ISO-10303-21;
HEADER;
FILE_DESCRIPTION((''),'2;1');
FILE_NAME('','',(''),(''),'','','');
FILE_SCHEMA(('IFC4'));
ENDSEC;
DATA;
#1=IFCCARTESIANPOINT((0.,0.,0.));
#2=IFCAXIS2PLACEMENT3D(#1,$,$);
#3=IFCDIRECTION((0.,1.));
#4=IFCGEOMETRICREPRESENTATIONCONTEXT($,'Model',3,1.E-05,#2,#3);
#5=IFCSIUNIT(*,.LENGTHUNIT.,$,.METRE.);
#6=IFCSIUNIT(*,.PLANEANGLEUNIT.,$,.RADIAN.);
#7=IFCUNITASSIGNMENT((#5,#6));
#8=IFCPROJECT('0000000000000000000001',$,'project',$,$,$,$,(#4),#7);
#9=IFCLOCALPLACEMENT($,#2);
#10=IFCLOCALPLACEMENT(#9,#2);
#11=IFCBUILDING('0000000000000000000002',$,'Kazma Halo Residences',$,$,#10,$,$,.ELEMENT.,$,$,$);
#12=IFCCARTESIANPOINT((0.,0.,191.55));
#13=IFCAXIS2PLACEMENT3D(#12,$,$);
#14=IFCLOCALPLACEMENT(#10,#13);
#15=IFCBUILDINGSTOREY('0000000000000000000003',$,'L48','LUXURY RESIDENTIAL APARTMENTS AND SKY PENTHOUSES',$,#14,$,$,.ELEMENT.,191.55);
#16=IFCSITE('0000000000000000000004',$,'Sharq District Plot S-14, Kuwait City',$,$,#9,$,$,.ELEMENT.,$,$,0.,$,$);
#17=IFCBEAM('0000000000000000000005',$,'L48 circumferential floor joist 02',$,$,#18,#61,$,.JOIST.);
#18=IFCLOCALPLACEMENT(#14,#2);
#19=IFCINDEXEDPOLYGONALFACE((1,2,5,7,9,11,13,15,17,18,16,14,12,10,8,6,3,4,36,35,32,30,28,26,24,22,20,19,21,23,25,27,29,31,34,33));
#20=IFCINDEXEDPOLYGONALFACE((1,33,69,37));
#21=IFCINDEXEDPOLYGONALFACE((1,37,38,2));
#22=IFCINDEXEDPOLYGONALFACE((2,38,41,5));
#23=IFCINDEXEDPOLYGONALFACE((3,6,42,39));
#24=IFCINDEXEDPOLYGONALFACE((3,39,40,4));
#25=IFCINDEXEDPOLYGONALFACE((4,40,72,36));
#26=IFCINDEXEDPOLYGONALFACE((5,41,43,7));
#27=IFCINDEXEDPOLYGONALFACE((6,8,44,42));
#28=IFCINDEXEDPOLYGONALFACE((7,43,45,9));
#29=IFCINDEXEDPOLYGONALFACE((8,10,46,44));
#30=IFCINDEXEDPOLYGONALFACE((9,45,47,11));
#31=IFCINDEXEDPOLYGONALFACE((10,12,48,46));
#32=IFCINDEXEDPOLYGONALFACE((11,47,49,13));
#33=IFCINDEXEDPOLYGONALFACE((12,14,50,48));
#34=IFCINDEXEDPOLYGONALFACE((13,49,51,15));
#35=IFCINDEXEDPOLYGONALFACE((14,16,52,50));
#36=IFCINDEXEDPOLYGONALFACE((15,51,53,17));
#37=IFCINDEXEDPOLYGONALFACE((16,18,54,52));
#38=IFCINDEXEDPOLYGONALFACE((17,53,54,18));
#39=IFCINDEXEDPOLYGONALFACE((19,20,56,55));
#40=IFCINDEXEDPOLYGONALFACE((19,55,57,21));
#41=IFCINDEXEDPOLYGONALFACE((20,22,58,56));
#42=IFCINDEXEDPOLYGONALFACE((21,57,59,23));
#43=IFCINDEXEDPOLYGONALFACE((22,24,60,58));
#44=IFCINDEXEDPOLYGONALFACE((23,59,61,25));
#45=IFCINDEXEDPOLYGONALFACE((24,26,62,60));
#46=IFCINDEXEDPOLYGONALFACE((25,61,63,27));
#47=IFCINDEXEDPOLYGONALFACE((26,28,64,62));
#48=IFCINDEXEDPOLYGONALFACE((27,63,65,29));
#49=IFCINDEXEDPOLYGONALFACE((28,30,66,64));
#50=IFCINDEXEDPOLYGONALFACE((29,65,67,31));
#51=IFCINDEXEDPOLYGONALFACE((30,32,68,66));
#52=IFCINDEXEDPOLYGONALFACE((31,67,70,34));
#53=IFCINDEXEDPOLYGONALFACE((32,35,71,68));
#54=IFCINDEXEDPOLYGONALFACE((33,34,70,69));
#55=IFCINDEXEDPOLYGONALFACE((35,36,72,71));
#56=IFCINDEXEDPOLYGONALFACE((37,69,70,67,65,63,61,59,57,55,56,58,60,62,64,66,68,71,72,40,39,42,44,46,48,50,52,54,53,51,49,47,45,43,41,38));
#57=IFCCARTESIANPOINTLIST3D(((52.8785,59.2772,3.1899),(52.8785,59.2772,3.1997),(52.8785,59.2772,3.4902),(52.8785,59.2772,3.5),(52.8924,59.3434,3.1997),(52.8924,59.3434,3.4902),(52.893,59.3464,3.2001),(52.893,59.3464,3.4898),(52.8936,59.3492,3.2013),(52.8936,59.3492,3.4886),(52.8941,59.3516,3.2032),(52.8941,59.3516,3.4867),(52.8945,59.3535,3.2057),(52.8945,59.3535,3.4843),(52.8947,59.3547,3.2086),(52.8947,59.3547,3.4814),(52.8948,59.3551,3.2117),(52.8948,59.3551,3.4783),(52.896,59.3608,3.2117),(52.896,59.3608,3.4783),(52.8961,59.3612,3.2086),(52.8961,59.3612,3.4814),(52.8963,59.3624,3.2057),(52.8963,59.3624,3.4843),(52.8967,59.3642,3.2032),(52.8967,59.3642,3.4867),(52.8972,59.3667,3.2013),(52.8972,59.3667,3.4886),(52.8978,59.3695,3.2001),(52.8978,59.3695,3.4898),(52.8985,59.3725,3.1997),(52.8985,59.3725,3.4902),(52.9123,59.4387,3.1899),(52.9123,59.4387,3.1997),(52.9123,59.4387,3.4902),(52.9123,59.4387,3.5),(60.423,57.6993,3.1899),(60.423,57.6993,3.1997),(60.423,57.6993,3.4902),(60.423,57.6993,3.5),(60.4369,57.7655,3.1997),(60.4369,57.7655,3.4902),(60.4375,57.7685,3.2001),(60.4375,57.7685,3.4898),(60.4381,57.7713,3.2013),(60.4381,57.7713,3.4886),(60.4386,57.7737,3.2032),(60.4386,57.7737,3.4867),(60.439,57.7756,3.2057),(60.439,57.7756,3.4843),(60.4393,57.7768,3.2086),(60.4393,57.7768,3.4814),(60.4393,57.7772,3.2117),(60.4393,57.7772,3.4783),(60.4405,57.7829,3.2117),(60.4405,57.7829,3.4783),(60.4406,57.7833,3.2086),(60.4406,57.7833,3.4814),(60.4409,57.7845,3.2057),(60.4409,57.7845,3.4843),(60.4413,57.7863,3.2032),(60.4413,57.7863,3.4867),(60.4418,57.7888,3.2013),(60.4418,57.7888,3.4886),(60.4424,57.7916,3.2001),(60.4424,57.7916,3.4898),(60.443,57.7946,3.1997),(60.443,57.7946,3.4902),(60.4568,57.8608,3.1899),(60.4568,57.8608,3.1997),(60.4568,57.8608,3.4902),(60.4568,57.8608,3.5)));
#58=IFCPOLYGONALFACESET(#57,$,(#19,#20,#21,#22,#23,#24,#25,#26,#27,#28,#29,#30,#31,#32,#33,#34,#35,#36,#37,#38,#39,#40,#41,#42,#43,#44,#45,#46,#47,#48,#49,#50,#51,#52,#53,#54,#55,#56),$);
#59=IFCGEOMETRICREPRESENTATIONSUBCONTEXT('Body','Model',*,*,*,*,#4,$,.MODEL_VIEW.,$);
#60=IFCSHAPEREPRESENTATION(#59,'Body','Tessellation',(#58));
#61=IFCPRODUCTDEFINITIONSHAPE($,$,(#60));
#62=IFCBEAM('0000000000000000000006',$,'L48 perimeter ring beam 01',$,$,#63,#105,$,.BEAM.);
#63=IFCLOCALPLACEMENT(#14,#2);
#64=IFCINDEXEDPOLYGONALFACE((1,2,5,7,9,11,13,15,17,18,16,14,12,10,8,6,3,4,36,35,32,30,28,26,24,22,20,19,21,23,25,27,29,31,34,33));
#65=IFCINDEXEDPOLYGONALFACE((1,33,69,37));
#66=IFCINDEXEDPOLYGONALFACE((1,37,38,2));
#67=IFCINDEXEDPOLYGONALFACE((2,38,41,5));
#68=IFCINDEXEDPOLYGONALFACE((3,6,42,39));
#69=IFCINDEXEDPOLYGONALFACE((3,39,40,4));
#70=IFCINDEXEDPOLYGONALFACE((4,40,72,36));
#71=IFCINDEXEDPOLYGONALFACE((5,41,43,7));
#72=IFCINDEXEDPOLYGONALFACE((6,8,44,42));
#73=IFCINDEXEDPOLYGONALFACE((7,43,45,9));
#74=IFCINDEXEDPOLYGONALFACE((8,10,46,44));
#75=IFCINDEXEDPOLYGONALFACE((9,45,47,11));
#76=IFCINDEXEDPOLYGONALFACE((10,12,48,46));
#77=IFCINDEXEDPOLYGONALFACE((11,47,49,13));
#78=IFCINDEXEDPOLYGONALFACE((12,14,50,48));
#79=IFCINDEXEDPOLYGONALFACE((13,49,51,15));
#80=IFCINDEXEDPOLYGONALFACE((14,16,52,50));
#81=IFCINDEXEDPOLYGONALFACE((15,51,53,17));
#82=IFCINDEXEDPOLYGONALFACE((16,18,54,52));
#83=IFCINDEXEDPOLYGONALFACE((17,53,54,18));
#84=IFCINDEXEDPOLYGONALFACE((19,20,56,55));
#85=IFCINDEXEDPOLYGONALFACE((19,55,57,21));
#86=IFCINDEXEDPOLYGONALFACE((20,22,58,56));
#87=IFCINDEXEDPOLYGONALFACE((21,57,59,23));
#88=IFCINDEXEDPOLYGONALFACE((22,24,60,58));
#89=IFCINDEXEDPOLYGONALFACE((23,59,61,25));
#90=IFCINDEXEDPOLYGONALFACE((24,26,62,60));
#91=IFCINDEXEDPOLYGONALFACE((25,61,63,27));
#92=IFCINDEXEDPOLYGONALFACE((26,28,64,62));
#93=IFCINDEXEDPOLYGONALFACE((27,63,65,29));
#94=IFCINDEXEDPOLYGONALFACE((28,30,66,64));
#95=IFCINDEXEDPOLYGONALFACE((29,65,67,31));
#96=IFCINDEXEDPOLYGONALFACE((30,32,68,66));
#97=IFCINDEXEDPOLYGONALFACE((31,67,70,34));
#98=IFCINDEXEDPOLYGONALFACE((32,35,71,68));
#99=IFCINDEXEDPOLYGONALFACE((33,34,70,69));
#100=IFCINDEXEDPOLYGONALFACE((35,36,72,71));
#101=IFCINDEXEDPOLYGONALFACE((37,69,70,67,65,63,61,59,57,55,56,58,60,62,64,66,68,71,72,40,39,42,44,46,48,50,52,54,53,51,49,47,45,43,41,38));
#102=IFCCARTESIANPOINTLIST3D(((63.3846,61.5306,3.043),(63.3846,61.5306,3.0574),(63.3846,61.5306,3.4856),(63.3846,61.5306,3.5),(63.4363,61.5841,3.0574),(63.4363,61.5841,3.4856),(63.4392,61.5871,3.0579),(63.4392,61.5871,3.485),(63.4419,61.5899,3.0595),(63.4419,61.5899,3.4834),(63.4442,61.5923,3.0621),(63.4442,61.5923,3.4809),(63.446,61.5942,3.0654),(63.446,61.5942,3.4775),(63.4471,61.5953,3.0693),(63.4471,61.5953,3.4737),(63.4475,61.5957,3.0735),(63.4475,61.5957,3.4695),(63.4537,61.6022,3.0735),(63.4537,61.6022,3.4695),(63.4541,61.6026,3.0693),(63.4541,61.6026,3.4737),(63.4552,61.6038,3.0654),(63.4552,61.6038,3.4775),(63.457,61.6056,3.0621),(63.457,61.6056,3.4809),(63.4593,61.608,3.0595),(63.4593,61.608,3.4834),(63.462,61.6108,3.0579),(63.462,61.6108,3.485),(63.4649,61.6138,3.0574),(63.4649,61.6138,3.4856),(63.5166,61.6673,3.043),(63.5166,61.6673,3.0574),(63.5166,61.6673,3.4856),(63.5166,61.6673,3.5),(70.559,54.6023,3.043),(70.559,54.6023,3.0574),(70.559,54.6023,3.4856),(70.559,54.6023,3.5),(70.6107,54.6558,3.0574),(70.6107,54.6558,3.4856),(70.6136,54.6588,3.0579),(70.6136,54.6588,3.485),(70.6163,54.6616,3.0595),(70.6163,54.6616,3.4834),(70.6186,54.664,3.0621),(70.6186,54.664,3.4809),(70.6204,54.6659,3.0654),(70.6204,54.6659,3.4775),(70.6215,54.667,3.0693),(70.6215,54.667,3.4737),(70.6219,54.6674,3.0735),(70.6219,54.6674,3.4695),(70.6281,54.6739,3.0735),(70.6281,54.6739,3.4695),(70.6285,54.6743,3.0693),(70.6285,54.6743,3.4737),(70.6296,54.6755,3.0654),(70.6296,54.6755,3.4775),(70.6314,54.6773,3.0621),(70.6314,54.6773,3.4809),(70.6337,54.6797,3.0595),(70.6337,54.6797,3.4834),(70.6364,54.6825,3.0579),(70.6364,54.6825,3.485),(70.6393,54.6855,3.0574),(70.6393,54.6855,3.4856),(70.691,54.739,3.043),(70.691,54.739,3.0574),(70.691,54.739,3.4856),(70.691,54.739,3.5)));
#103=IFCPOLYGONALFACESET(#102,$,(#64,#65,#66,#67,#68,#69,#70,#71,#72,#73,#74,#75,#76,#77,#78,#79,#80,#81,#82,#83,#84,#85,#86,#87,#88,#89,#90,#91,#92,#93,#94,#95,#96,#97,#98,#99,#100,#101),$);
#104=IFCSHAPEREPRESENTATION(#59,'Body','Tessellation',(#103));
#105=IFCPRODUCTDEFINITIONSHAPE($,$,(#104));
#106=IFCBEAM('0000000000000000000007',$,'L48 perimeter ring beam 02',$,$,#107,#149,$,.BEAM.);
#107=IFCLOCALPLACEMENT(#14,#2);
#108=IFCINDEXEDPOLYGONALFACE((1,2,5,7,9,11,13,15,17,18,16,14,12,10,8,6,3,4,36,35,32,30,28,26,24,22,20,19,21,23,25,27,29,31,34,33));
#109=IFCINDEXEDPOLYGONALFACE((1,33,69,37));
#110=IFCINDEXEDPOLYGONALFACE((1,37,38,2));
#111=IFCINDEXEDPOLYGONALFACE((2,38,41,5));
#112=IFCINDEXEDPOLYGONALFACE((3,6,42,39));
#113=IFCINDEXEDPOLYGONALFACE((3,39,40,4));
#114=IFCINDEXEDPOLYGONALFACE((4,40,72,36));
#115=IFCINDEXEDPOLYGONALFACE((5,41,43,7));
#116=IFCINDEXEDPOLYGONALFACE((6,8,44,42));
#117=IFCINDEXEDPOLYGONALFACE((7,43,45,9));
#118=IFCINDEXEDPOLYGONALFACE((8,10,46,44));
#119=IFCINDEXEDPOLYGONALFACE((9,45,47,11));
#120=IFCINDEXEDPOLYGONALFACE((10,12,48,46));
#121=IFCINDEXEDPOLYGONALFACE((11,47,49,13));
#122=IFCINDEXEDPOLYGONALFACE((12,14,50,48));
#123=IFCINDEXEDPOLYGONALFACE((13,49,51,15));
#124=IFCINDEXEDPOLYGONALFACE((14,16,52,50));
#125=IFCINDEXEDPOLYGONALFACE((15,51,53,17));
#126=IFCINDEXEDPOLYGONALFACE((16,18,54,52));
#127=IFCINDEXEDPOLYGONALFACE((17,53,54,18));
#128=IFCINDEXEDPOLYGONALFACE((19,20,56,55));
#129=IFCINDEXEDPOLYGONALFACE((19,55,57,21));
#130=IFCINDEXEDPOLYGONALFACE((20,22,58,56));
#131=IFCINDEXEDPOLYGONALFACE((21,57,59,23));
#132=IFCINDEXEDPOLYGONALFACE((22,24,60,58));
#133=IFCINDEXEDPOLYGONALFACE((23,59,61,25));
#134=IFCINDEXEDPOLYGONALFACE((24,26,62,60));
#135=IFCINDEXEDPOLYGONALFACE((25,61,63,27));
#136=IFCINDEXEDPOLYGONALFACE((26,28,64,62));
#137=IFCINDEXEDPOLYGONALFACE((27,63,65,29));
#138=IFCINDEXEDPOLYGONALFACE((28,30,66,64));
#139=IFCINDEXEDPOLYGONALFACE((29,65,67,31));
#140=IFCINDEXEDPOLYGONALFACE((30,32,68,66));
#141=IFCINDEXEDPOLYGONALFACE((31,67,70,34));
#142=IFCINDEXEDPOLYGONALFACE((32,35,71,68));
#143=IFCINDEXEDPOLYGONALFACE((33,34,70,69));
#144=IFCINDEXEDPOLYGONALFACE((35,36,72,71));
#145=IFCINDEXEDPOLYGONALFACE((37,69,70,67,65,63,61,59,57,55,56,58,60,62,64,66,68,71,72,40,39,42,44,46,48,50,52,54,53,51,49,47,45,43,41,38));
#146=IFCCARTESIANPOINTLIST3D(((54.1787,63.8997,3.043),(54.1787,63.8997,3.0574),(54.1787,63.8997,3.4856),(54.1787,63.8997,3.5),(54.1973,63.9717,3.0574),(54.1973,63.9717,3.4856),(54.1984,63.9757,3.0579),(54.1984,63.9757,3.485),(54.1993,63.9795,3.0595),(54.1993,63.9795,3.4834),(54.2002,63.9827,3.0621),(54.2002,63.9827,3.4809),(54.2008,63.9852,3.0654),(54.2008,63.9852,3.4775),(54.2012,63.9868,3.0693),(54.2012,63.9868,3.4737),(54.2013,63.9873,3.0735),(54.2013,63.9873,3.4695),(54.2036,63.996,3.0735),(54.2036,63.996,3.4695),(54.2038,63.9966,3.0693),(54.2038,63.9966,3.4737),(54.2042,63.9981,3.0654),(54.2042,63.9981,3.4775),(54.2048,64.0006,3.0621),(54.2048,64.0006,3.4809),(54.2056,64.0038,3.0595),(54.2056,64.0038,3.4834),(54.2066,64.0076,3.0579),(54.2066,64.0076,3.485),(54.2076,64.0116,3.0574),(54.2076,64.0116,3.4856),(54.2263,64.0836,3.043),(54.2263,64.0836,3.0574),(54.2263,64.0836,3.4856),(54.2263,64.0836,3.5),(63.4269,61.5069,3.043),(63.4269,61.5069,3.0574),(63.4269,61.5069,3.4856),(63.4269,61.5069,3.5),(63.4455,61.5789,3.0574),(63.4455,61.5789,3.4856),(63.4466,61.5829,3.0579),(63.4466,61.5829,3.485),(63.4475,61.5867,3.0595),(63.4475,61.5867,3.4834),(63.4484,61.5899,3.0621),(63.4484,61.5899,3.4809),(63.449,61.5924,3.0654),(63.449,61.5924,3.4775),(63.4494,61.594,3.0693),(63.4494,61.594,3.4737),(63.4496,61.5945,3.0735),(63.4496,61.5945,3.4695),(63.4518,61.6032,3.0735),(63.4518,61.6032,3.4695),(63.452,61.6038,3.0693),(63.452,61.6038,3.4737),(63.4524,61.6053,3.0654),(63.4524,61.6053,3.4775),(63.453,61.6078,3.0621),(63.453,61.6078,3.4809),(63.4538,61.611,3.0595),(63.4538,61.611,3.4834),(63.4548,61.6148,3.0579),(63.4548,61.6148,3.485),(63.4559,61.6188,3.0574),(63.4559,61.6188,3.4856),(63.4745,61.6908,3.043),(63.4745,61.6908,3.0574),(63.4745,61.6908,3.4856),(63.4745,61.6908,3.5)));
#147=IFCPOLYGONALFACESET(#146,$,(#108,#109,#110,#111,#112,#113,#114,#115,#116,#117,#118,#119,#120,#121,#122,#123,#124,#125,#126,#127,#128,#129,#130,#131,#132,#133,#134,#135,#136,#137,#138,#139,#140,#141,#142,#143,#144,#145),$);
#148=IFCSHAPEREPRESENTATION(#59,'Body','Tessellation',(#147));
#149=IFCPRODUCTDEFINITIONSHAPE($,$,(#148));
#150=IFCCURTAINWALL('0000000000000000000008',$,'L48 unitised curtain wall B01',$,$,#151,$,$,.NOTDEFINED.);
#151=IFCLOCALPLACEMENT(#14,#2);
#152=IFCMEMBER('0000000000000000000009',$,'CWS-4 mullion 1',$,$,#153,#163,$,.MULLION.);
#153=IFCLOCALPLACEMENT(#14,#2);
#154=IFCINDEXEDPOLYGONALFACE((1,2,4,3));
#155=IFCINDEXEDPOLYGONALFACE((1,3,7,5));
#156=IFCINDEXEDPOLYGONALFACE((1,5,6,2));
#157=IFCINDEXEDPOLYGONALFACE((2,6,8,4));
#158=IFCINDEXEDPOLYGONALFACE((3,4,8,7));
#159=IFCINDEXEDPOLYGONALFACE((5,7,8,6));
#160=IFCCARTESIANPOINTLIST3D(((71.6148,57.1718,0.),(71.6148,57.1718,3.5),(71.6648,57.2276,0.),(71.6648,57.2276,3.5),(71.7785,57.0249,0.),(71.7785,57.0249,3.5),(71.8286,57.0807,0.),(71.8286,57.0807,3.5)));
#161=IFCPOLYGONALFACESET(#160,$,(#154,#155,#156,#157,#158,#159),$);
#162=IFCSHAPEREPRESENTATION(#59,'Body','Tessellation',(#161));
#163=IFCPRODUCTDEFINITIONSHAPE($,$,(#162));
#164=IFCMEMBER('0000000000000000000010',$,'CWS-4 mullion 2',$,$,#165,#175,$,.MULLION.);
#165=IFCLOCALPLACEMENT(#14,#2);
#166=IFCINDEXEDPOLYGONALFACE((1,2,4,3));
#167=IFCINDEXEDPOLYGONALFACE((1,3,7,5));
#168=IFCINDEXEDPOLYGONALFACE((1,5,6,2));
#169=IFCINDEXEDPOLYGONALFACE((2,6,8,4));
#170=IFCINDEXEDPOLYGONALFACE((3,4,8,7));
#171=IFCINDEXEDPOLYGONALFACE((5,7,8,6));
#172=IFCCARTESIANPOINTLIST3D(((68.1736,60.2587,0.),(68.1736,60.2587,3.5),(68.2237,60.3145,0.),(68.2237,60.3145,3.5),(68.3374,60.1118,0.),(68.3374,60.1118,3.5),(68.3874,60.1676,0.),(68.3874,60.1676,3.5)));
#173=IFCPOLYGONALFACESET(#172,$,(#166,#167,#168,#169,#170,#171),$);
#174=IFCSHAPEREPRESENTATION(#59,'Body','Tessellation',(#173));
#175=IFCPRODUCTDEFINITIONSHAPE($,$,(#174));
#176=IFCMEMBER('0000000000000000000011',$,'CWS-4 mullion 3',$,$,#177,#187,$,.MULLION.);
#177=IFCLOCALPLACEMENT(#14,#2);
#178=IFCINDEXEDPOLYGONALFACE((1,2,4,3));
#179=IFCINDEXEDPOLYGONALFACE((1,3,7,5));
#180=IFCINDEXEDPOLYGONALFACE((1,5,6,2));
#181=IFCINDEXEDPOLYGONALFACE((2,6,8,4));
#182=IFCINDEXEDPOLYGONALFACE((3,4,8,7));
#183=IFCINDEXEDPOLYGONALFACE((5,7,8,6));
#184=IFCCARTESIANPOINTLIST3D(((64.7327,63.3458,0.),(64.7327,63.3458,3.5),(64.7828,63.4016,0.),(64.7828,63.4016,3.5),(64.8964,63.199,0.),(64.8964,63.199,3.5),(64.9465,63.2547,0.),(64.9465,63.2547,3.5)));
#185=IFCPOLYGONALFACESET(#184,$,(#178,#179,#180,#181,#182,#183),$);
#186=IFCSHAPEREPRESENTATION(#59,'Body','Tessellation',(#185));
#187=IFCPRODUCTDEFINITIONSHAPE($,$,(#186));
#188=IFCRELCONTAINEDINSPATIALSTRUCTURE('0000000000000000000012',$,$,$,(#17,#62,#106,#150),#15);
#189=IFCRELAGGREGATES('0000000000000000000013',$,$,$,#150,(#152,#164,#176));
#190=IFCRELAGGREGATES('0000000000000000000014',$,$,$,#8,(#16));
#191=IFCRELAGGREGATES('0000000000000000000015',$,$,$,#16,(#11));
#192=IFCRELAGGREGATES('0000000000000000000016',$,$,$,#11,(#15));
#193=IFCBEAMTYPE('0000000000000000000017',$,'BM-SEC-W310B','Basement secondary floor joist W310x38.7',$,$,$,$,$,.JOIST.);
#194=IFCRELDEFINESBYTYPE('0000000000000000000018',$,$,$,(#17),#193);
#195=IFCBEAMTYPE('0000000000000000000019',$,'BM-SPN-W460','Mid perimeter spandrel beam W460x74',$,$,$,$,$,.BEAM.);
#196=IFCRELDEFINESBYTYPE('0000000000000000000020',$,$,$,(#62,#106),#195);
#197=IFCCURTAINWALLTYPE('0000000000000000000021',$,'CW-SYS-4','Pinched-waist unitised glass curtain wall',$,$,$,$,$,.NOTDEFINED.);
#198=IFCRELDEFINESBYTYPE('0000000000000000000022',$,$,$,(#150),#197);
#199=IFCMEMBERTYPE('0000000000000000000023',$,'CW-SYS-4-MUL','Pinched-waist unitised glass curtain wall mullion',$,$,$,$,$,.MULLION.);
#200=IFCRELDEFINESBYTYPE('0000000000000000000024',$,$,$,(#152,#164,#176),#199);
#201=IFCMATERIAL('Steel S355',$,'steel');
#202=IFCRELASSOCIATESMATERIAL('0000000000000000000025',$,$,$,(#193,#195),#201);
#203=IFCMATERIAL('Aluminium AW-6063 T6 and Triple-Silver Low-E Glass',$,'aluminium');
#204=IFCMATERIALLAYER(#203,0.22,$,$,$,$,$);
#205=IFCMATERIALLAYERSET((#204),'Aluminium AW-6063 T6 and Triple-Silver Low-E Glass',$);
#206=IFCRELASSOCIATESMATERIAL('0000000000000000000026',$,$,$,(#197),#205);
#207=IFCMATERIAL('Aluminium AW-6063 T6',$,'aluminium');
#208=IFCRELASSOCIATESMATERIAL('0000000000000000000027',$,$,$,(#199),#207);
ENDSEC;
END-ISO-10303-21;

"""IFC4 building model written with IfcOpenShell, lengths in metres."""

from ifc_helpers import new_model, si_unit, direction, frame, origin, origin_2d, place, context, subcontext, project, spatial, rectangle, i_section, extrude, material, layer, layer_set, material_profile, profile_set, type_object, element, aggregate, save


model = new_model("IFC4")

# Units and contexts
model_context = context("Model", 3, precision=1e-05, world=origin(), true_north=direction((0.0, 1.0)))
body_context = subcontext(model_context, "Body", "Model", "MODEL_VIEW")
ifc_project = project(units=[si_unit("LENGTHUNIT", "METRE"), si_unit("PLANEANGLEUNIT", "RADIAN")], contexts=[model_context])

# Site, building, storey
site_placement = place(None, origin())
site = spatial("IfcSite", under=ifc_project, at=site_placement, Name="Sharq District Plot S-14, Kuwait City", CompositionType="ELEMENT", RefElevation=0.0)
building_placement = place(site_placement, origin())
building = spatial("IfcBuilding", under=site, at=building_placement, Name="Kazma Halo Residences", CompositionType="ELEMENT")
storey_placement = place(building_placement, frame((0.0, 0.0, 191.55)))
storey = spatial("IfcBuildingStorey", under=building, at=storey_placement, Name="L48", Description="LUXURY RESIDENTIAL APARTMENTS AND SKY PENTHOUSES", CompositionType="ELEMENT", Elevation=191.55)

# Beams
ifc_material_1 = material(Name="Steel S355", Category="steel")
ifc_material_profile_1 = material_profile(ifc_material_1, i_section(OverallWidth=0.165, OverallDepth=0.3101, WebThickness=0.0059, FlangeThickness=0.0098, FilletRadius=0.012, at=origin_2d()), Name="W310x38.7")
ifc_profile_set_1 = profile_set([ifc_material_profile_1], Name="Steel S355")
beam_type_1 = type_object("IfcBeamType", Name="BM-SEC-W310B", Description="Basement secondary floor joist W310x38.7", PredefinedType="JOIST", material=ifc_profile_set_1)
beam_1_placement = place(storey_placement, frame((60.4399, 57.78, 3.345), z_axis=(-0.978821, 0.204716, 0.0), x_axis=(-0.204716, -0.978821, 0.0)))
element("IfcBeam", 1, at=beam_1_placement, inside=storey, type_object=beam_type_1, Name="L48 circumferential floor joist 02", PredefinedType="JOIST", context=body_context, shape_type="SweptSolid", body=[
    extrude(i_section(OverallWidth=0.165, OverallDepth=0.3101, WebThickness=0.0059, FlangeThickness=0.0098, FilletRadius=0.012, at=origin_2d()), origin(), (0.0, 0.0, 1.0), 7.7078),
])
ifc_material_profile_2 = material_profile(ifc_material_1, i_section(OverallWidth=0.1899, OverallDepth=0.457, WebThickness=0.009, FlangeThickness=0.0144, FilletRadius=0.0161, at=origin_2d()), Name="W460x74")
ifc_profile_set_2 = profile_set([ifc_material_profile_2], Name="Steel S355")
beam_type_2 = type_object("IfcBeamType", Name="BM-SPN-W460", Description="Mid perimeter spandrel beam W460x74", PredefinedType="BEAM", material=ifc_profile_set_2)
beam_2_placement = place(storey_placement, frame((70.625, 54.6707, 3.2715), z_axis=(-0.719337, 0.694662, 0.0), x_axis=(-0.694662, -0.719337, 0.0)))
element("IfcBeam", 2, at=beam_2_placement, inside=storey, type_object=beam_type_2, Name="L48 perimeter ring beam 01", PredefinedType="BEAM", context=body_context, shape_type="SweptSolid", body=[
    extrude(i_section(OverallWidth=0.1899, OverallDepth=0.457, WebThickness=0.009, FlangeThickness=0.0144, FilletRadius=0.0161, at=origin_2d()), origin(), (0.0, 0.0, 1.0), 9.9736),
])
beam_3_placement = place(storey_placement, frame((63.4507, 61.5989, 3.2715), z_axis=(-0.968121, 0.250483, 0.0), x_axis=(-0.250483, -0.968121, 0.0)))
element("IfcBeam", 3, at=beam_3_placement, inside=storey, type_object=beam_type_2, Name="L48 perimeter ring beam 02", PredefinedType="BEAM", context=body_context, shape_type="SweptSolid", body=[
    extrude(i_section(OverallWidth=0.1899, OverallDepth=0.457, WebThickness=0.009, FlangeThickness=0.0144, FilletRadius=0.0161, at=origin_2d()), origin(), (0.0, 0.0, 1.0), 9.5527),
])

# Curtain wall, members
ifc_material_2 = material(Name="Aluminium AW-6063 T6 and Triple-Silver Low-E Glass", Category="aluminium")
ifc_layer_1 = layer(ifc_material_2, 0.22)
ifc_layer_set_1 = layer_set([ifc_layer_1], Name="Aluminium AW-6063 T6 and Triple-Silver Low-E Glass")
curtain_wall_type = type_object("IfcCurtainWallType", Name="CW-SYS-4", Description="Pinched-waist unitised glass curtain wall", PredefinedType="NOTDEFINED", material=ifc_layer_set_1)
curtain_wall_1_placement = place(storey_placement, origin())
curtain_wall_1 = element("IfcCurtainWall", 4, at=curtain_wall_1_placement, inside=storey, type_object=curtain_wall_type, Name="L48 unitised curtain wall B01", PredefinedType="NOTDEFINED")
ifc_material_3 = material(Name="Aluminium AW-6063 T6", Category="aluminium")
ifc_material_profile_3 = material_profile(ifc_material_3, rectangle(XDim=0.075, YDim=0.22, at=origin_2d()), Name="CWM-75x220")
ifc_profile_set_3 = profile_set([ifc_material_profile_3], Name="Aluminium AW-6063 T6")
member_type_1 = type_object("IfcMemberType", Name="CW-SYS-4-MUL", Description="Pinched-waist unitised glass curtain wall mullion", PredefinedType="MULLION", material=ifc_profile_set_3)
member_1_placement = place(storey_placement, frame((71.7217, 57.1262, 0.0), z_axis=(0.0, 0.0, 1.0), x_axis=(-0.667784, -0.744355, 0.0)))
member_1 = element("IfcMember", 5, at=member_1_placement, type_object=member_type_1, Name="CWS-4 mullion 1", PredefinedType="MULLION", context=body_context, shape_type="SweptSolid", body=[
    extrude(rectangle(XDim=0.075, YDim=0.22, at=origin_2d()), origin(), (0.0, 0.0, 1.0), 3.5),
])
member_2_placement = place(storey_placement, frame((68.2805, 60.2131, 0.0), z_axis=(0.0, 0.0, 1.0), x_axis=(-0.667784, -0.744355, 0.0)))
member_2 = element("IfcMember", 6, at=member_2_placement, type_object=member_type_1, Name="CWS-4 mullion 2", PredefinedType="MULLION", context=body_context, shape_type="SweptSolid", body=[
    extrude(rectangle(XDim=0.075, YDim=0.22, at=origin_2d()), origin(), (0.0, 0.0, 1.0), 3.5),
])
member_3_placement = place(storey_placement, frame((64.8396, 63.3003, 0.0), z_axis=(0.0, 0.0, 1.0), x_axis=(-0.667784, -0.744355, 0.0)))
member_3 = element("IfcMember", 7, at=member_3_placement, type_object=member_type_1, Name="CWS-4 mullion 3", PredefinedType="MULLION", context=body_context, shape_type="SweptSolid", body=[
    extrude(rectangle(XDim=0.075, YDim=0.22, at=origin_2d()), origin(), (0.0, 0.0, 1.0), 3.5),
])

aggregate(curtain_wall_1, [member_1, member_2, member_3])

save(model, "model.ifc")
